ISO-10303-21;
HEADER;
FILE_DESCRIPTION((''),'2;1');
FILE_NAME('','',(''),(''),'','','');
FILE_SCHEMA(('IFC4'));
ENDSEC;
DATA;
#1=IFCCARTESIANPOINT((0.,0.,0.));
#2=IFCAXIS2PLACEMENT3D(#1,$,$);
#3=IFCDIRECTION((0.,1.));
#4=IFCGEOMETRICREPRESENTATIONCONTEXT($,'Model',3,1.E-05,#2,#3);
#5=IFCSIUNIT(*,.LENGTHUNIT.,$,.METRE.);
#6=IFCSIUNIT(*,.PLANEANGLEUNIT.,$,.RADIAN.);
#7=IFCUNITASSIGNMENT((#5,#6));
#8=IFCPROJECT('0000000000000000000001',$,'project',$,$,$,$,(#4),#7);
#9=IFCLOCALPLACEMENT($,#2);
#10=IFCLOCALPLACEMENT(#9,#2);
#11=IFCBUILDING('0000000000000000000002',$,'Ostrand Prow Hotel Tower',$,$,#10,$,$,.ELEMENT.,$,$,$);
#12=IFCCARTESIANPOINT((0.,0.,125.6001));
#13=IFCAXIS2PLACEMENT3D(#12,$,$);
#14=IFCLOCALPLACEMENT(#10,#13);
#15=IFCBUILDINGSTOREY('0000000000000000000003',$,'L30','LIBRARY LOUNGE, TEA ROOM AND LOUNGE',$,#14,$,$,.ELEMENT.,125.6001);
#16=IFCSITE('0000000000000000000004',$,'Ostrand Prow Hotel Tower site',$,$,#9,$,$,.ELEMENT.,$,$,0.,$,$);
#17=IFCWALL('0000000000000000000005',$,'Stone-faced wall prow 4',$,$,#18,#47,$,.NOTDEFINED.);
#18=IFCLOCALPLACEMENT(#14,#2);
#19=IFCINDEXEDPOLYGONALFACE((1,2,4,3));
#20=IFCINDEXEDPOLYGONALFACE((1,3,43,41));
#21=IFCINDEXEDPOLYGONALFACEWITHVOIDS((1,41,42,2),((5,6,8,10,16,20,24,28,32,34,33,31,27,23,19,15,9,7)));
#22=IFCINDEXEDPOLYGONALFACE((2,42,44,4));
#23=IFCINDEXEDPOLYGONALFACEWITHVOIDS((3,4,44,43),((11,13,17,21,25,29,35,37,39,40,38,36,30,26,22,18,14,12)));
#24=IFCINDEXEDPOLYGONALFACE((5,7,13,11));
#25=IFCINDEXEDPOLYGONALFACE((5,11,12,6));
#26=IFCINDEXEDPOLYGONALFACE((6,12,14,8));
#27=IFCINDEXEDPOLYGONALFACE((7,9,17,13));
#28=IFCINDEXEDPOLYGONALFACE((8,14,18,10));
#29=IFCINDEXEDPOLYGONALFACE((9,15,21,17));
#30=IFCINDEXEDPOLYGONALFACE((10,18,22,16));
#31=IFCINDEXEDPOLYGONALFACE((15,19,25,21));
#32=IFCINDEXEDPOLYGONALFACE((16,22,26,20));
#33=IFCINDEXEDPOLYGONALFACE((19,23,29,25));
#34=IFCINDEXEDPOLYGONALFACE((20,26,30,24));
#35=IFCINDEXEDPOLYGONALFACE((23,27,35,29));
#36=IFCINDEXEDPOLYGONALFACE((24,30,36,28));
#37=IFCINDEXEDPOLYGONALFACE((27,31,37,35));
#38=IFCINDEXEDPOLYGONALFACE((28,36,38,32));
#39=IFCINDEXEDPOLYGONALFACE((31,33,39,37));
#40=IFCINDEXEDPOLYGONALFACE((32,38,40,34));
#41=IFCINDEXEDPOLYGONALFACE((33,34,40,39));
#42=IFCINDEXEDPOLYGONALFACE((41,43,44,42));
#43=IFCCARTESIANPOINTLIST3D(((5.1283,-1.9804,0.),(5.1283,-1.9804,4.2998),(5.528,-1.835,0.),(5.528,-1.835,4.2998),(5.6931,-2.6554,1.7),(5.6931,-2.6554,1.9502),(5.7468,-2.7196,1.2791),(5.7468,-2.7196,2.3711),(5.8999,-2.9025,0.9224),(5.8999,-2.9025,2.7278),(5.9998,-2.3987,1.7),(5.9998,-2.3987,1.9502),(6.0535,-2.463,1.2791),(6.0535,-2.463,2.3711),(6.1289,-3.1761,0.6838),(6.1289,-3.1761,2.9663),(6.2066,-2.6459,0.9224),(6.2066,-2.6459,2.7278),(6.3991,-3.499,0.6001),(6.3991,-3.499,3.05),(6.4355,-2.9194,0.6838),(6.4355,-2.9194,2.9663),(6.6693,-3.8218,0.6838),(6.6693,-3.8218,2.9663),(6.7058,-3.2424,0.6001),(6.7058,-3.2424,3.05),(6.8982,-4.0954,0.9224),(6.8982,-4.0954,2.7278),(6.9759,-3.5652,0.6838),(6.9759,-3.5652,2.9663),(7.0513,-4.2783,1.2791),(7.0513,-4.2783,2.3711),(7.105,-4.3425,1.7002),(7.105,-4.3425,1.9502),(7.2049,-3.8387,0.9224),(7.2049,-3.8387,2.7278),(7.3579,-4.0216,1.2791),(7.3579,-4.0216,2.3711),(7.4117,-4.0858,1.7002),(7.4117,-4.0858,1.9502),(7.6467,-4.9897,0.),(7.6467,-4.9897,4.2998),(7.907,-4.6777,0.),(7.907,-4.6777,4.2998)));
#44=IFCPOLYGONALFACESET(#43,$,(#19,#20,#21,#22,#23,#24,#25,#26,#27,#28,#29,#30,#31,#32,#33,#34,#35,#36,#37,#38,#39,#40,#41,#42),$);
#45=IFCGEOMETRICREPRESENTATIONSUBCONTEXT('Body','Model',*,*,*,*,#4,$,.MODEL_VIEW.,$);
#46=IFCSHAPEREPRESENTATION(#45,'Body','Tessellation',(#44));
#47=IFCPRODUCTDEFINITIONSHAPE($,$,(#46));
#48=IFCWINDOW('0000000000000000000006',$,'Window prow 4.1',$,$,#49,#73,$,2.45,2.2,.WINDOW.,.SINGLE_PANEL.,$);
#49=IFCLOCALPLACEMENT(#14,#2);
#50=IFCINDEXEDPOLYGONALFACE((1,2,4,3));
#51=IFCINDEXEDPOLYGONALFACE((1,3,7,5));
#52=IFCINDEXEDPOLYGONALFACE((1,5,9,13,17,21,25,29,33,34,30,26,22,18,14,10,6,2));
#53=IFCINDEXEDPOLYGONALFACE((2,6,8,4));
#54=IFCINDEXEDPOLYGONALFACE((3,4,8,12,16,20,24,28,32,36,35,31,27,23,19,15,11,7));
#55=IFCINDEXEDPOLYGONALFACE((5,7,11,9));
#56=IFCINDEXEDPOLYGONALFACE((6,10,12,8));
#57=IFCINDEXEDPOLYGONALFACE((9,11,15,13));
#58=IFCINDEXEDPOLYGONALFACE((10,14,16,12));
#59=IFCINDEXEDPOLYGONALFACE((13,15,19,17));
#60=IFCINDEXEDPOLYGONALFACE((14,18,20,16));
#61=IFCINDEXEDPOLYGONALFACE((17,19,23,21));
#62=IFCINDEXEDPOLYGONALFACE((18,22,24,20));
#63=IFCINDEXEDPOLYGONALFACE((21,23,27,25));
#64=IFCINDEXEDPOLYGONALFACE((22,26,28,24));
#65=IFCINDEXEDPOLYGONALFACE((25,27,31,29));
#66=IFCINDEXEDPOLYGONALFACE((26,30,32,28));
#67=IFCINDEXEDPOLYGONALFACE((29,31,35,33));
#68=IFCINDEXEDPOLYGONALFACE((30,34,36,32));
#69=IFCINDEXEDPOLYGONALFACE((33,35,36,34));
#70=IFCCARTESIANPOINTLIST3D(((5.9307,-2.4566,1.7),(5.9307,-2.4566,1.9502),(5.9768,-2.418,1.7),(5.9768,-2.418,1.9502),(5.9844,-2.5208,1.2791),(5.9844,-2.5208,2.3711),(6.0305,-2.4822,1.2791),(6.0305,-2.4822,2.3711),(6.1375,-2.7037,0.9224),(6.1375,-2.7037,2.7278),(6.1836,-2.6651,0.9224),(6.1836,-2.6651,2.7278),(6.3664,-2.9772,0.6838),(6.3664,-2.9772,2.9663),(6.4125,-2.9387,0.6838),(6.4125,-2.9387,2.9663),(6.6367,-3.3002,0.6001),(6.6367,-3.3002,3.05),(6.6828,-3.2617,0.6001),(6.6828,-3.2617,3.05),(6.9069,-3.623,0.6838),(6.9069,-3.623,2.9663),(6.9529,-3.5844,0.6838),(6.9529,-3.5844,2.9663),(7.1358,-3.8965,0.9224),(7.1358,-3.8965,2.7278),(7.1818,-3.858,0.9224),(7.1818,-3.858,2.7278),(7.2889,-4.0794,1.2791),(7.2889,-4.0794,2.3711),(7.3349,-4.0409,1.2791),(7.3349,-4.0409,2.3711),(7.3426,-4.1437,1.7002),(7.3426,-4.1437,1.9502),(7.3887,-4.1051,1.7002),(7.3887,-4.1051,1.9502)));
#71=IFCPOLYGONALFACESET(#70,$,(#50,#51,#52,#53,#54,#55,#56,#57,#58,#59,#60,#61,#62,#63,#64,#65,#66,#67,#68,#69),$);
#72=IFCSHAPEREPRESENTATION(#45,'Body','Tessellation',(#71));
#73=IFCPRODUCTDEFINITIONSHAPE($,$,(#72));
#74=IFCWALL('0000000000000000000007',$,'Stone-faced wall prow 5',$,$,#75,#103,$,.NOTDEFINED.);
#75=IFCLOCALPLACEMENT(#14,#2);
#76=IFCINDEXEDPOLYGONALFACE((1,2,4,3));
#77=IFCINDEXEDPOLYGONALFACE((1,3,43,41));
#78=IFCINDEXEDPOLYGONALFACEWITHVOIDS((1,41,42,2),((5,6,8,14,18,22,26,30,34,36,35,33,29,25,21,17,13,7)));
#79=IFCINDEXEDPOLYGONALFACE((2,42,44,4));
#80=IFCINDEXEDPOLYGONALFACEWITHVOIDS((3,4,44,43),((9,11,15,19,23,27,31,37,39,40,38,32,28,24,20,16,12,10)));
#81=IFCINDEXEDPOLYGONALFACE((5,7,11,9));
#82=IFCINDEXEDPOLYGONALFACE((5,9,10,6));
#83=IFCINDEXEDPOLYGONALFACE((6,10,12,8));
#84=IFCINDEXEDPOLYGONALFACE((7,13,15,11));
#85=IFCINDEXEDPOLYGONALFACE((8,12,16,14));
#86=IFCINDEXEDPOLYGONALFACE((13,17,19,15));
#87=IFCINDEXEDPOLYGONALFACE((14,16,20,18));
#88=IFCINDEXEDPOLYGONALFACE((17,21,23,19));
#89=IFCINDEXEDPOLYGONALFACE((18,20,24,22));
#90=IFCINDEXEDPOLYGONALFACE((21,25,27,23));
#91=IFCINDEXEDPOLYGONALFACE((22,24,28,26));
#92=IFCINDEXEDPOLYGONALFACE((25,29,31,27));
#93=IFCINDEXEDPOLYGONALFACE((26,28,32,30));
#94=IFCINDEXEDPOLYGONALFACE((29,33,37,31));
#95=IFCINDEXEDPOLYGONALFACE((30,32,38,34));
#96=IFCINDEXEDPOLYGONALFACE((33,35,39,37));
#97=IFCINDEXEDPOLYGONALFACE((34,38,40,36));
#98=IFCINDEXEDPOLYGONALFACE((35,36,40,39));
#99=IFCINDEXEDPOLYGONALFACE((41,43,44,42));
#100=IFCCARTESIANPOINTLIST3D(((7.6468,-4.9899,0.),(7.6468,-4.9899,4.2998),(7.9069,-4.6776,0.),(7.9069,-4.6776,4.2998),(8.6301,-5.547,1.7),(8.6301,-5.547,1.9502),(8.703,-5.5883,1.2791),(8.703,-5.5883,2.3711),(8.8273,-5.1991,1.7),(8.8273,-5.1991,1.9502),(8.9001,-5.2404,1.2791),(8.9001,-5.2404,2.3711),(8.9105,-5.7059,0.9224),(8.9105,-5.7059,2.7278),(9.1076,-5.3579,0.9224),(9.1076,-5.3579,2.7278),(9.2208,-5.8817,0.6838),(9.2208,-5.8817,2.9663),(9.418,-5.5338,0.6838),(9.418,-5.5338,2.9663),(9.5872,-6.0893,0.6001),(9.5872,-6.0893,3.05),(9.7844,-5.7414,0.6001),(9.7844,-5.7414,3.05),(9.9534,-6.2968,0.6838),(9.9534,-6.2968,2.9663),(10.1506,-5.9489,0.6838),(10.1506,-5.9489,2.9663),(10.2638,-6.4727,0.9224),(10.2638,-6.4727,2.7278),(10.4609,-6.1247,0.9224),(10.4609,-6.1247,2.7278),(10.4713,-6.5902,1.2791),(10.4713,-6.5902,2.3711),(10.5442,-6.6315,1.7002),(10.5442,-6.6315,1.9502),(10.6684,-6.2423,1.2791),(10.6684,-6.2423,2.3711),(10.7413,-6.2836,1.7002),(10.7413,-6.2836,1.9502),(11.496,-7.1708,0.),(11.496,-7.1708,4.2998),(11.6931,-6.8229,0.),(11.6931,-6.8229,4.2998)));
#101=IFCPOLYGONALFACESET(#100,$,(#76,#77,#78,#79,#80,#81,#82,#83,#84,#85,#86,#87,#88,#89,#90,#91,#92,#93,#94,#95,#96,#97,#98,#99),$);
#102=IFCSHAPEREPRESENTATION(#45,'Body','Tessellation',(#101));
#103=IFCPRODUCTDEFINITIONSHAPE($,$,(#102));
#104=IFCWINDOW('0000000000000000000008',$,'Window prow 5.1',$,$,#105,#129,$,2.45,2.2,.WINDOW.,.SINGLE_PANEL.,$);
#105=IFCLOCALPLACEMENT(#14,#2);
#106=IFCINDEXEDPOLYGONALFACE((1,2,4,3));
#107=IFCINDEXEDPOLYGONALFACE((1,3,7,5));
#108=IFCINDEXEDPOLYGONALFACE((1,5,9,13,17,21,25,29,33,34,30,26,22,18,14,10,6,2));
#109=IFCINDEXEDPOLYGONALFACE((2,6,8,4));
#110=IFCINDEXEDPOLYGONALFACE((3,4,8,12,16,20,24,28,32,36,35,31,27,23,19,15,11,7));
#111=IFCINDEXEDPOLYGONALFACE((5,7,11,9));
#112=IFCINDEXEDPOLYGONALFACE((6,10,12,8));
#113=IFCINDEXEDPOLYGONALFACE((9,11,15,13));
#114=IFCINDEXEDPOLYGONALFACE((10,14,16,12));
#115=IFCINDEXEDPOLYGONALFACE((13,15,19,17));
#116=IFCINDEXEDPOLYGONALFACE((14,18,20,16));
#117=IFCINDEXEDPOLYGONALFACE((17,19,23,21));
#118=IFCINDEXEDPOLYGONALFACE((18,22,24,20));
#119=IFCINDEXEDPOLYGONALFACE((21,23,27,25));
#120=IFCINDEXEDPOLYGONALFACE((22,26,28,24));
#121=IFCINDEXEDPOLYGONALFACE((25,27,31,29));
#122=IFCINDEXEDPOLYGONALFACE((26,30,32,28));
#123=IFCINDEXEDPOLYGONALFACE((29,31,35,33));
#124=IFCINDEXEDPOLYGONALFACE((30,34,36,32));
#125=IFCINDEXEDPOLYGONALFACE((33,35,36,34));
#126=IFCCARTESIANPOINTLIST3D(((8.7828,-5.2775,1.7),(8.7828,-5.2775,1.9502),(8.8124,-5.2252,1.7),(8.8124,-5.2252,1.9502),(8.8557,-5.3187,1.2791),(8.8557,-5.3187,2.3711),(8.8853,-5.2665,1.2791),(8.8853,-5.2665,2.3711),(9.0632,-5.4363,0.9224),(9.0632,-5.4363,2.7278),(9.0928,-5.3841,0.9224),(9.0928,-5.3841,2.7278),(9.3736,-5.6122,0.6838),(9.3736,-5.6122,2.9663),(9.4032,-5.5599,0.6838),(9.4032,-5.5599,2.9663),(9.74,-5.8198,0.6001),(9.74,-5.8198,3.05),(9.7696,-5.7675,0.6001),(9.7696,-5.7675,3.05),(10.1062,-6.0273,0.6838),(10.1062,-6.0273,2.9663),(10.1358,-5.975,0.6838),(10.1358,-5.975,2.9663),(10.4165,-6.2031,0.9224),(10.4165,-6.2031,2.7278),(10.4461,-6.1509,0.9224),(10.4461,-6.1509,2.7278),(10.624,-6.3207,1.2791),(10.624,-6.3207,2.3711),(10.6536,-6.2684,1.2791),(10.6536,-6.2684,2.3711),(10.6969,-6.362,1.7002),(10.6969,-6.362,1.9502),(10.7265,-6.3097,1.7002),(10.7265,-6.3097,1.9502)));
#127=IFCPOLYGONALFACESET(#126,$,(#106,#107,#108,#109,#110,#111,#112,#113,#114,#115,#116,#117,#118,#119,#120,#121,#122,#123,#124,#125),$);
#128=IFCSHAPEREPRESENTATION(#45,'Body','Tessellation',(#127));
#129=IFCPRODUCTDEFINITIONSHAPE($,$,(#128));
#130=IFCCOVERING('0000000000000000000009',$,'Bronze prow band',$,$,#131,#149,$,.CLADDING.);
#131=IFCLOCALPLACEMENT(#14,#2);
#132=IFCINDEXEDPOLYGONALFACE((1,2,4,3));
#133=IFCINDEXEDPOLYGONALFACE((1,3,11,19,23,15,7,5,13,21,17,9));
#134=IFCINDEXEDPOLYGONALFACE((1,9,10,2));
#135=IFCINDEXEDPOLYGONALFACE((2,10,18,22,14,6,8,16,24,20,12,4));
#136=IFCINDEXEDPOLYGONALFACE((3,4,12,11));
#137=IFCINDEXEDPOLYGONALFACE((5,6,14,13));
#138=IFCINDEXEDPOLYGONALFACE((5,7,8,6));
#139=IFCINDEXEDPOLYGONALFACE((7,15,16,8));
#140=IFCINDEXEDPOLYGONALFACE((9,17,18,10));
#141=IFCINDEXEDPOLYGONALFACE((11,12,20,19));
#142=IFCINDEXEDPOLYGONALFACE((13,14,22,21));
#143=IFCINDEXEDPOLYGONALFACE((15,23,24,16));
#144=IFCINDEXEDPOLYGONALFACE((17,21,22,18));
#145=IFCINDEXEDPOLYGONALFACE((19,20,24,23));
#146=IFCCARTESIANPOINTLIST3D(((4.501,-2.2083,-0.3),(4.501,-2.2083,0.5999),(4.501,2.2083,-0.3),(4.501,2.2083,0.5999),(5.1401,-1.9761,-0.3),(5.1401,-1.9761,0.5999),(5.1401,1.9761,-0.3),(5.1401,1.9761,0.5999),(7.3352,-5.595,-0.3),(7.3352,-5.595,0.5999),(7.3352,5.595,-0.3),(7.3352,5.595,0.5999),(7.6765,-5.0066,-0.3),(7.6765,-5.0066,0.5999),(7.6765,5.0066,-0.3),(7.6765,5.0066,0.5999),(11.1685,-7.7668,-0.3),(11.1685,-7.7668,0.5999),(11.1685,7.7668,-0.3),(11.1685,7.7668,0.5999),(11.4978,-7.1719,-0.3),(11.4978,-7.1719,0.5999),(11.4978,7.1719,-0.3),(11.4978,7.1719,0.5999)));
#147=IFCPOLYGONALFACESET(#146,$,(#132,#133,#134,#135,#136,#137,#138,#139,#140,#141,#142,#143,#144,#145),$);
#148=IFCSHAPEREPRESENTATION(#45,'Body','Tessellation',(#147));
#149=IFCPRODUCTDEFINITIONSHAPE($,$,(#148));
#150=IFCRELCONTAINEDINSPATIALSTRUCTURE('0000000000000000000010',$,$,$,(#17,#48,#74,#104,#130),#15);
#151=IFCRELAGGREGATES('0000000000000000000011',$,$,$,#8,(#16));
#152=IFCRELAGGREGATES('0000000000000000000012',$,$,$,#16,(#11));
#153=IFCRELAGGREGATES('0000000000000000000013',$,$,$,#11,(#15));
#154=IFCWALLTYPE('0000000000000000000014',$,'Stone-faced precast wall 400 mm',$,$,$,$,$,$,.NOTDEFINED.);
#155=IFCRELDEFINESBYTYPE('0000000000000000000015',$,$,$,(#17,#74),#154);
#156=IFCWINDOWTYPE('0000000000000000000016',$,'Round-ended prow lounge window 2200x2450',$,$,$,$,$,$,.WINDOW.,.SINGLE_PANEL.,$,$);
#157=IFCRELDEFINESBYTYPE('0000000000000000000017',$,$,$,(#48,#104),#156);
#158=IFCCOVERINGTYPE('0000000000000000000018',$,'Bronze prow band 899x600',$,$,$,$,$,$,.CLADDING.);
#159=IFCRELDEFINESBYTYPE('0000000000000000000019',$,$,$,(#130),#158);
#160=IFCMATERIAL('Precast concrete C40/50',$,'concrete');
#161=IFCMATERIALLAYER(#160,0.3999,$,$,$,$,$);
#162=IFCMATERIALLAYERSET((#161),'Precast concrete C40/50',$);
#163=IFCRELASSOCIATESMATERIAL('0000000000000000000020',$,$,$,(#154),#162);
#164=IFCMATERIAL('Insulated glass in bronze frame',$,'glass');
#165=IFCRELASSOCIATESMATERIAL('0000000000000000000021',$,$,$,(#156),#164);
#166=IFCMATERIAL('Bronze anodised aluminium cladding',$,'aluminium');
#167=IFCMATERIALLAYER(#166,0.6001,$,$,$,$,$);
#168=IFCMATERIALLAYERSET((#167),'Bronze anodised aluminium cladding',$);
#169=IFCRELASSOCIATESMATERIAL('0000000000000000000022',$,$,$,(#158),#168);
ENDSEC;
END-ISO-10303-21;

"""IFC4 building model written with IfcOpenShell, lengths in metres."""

from ifc_helpers import new_model, si_unit, direction, frame, origin, place, context, subcontext, project, spatial, polyline, outline, extrude, material, layer, layer_set, type_object, element, fill, save


model = new_model("IFC4")

# Units and contexts
model_context = context("Model", 3, precision=1e-05, world=origin(), true_north=direction((0.0, 1.0)))
body_context = subcontext(model_context, "Body", "Model", "MODEL_VIEW")
ifc_project = project(units=[si_unit("LENGTHUNIT", "METRE"), si_unit("PLANEANGLEUNIT", "RADIAN")], contexts=[model_context])

# Site, building, storey
site_placement = place(None, origin())
site = spatial("IfcSite", under=ifc_project, at=site_placement, Name="Ostrand Prow Hotel Tower site", CompositionType="ELEMENT", RefElevation=0.0)
building_placement = place(site_placement, origin())
building = spatial("IfcBuilding", under=site, at=building_placement, Name="Ostrand Prow Hotel Tower", CompositionType="ELEMENT")
storey_placement = place(building_placement, frame((0.0, 0.0, 125.6001)))
storey = spatial("IfcBuildingStorey", under=building, at=storey_placement, Name="L30", Description="LIBRARY LOUNGE, TEA ROOM AND LOUNGE", CompositionType="ELEMENT", Elevation=125.6001)

# Walls, openings, windows
ifc_material_1 = material(Name="Precast concrete C40/50", Category="concrete")
ifc_layer_1 = layer(ifc_material_1, 0.3999)
ifc_layer_set_1 = layer_set([ifc_layer_1], Name="Precast concrete C40/50")
wall_type_1 = type_object("IfcWallType", Name="Stone-faced precast wall 400 mm", PredefinedType="NOTDEFINED", material=ifc_layer_set_1)
wall_1_placement = place(storey_placement, frame((5.3281, -1.9077, 0.0), z_axis=(0.0, 0.0, 1.0), x_axis=(0.641788, -0.766882, 0.0)))
wall_1 = element("IfcWall", 1, at=wall_1_placement, inside=storey, type_object=wall_type_1, Name="Stone-faced wall prow 4", PredefinedType="NOTDEFINED", context=body_context, shape_type="SweptSolid", body=[
    extrude(outline(polyline([(-0.0725, -0.2), (3.8516, -0.2), (3.7793, 0.2), (0.0725, 0.2), (-0.0725, -0.2)])), origin(), (0.0, 0.0, 1.0), 4.2998),
])
opening_1_placement = place(wall_1_placement, frame((0.8076, 0.0, 0.6001)))
opening_1 = element("IfcOpeningElement", 2, at=opening_1_placement, cuts=wall_1, PredefinedType="OPENING", context=body_context, shape_type="SweptSolid", body=[
    extrude(outline(polyline([(0.0, 1.3501), (0.0837, 1.771), (0.3223, 2.1277), (0.679, 2.3662), (1.1001, 2.45), (1.521, 2.3662), (1.8777, 2.1277), (2.1162, 1.771), (2.2, 1.3501), (2.2, 1.1001), (2.1162, 0.679), (1.8777, 0.3223), (1.521, 0.0837), (1.1001, 0.0), (0.679, 0.0837), (0.3223, 0.3223), (0.0837, 0.679), (0.0, 1.0999), (0.0, 1.3501)])), frame((0.0, 0.21, 0.0), z_axis=(0.0, -1.0, 0.0), x_axis=(1.0, 0.0, 0.0)), (0.0, 0.0, 1.0), 0.4199),
])
ifc_material_2 = material(Name="Insulated glass in bronze frame", Category="glass")
window_type = type_object("IfcWindowType", Name="Round-ended prow lounge window 2200x2450", PartitioningType="SINGLE_PANEL", PredefinedType="WINDOW", material=ifc_material_2)
window_1_placement = place(opening_1_placement, origin())
window_1 = element("IfcWindow", 3, at=window_1_placement, inside=storey, type_object=window_type, Name="Window prow 4.1", OverallHeight=2.45, OverallWidth=2.2, PartitioningType="SINGLE_PANEL", PredefinedType="WINDOW", context=body_context, shape_type="SweptSolid", body=[
    extrude(outline(polyline([(0.0, 1.3501), (0.0837, 1.771), (0.3223, 2.1277), (0.679, 2.3662), (1.1001, 2.45), (1.521, 2.3662), (1.8777, 2.1277), (2.1162, 1.771), (2.2, 1.3501), (2.2, 1.1001), (2.1162, 0.679), (1.8777, 0.3223), (1.521, 0.0837), (1.1001, 0.0), (0.679, 0.0837), (0.3223, 0.3223), (0.0837, 0.679), (0.0, 1.0999), (0.0, 1.3501)])), frame((0.0, 0.1699, 0.0), z_axis=(0.0, -1.0, 0.0), x_axis=(1.0, 0.0, 0.0)), (0.0, 0.0, 1.0), 0.0601),
])
fill(opening_1, window_1)
wall_2_placement = place(storey_placement, frame((7.7769, -4.8337, 0.0), z_axis=(0.0, 0.0, 1.0), x_axis=(0.870045, -0.492972, 0.0)))
wall_2 = element("IfcWall", 4, at=wall_2_placement, inside=storey, type_object=wall_type_1, Name="Stone-faced wall prow 5", PredefinedType="NOTDEFINED", context=body_context, shape_type="SweptSolid", body=[
    extrude(outline(polyline([(-0.0361, -0.2), (4.3879, -0.2), (4.3879, 0.2), (0.0361, 0.2), (-0.0361, -0.2)])), origin(), (0.0, 0.0, 1.0), 4.2998),
])
opening_2_placement = place(wall_2_placement, frame((1.094, 0.0, 0.6001)))
opening_2 = element("IfcOpeningElement", 5, at=opening_2_placement, cuts=wall_2, PredefinedType="OPENING", context=body_context, shape_type="SweptSolid", body=[
    extrude(outline(polyline([(0.0, 1.3501), (0.0837, 1.771), (0.3223, 2.1277), (0.679, 2.3662), (1.1001, 2.45), (1.521, 2.3662), (1.8777, 2.1277), (2.1162, 1.771), (2.2, 1.3501), (2.2, 1.1001), (2.1162, 0.679), (1.8777, 0.3223), (1.521, 0.0837), (1.1001, 0.0), (0.679, 0.0837), (0.3223, 0.3223), (0.0837, 0.679), (0.0, 1.0999), (0.0, 1.3501)])), frame((0.0, 0.21, 0.0), z_axis=(0.0, -1.0, 0.0), x_axis=(1.0, 0.0, 0.0)), (0.0, 0.0, 1.0), 0.4199),
])
window_2_placement = place(opening_2_placement, origin())
window_2 = element("IfcWindow", 6, at=window_2_placement, inside=storey, type_object=window_type, Name="Window prow 5.1", OverallHeight=2.45, OverallWidth=2.2, PartitioningType="SINGLE_PANEL", PredefinedType="WINDOW", context=body_context, shape_type="SweptSolid", body=[
    extrude(outline(polyline([(0.0, 1.3501), (0.0837, 1.771), (0.3223, 2.1277), (0.679, 2.3662), (1.1001, 2.45), (1.521, 2.3662), (1.8777, 2.1277), (2.1162, 1.771), (2.2, 1.3501), (2.2, 1.1001), (2.1162, 0.679), (1.8777, 0.3223), (1.521, 0.0837), (1.1001, 0.0), (0.679, 0.0837), (0.3223, 0.3223), (0.0837, 0.679), (0.0, 1.0999), (0.0, 1.3501)])), frame((0.0, 0.1699, 0.0), z_axis=(0.0, -1.0, 0.0), x_axis=(1.0, 0.0, 0.0)), (0.0, 0.0, 1.0), 0.0601),
])
fill(opening_2, window_2)

# Covering
ifc_material_3 = material(Name="Bronze anodised aluminium cladding", Category="aluminium")
ifc_layer_2 = layer(ifc_material_3, 0.6001)
ifc_layer_set_2 = layer_set([ifc_layer_2], Name="Bronze anodised aluminium cladding")
covering_type_1 = type_object("IfcCoveringType", Name="Bronze prow band 899x600", PredefinedType="CLADDING", material=ifc_layer_set_2)
covering_1_placement = place(storey_placement, frame((0.0, 0.0, -0.3)))
element("IfcCovering", 7, at=covering_1_placement, inside=storey, type_object=covering_type_1, Name="Bronze prow band", PredefinedType="CLADDING", context=body_context, shape_type="SweptSolid", body=[
    extrude(outline(polyline([(11.1685, 7.7668), (7.3352, 5.595), (4.501, 2.2083), (4.501, -2.2083), (7.3352, -5.595), (11.1685, -7.7668), (11.4978, -7.1719), (7.6765, -5.0066), (5.1401, -1.9761), (5.1401, 1.9761), (7.6765, 5.0066), (11.4978, 7.1719), (11.1685, 7.7668)])), origin(), (0.0, 0.0, 1.0), 0.8999),
])

save(model, "model.ifc")
